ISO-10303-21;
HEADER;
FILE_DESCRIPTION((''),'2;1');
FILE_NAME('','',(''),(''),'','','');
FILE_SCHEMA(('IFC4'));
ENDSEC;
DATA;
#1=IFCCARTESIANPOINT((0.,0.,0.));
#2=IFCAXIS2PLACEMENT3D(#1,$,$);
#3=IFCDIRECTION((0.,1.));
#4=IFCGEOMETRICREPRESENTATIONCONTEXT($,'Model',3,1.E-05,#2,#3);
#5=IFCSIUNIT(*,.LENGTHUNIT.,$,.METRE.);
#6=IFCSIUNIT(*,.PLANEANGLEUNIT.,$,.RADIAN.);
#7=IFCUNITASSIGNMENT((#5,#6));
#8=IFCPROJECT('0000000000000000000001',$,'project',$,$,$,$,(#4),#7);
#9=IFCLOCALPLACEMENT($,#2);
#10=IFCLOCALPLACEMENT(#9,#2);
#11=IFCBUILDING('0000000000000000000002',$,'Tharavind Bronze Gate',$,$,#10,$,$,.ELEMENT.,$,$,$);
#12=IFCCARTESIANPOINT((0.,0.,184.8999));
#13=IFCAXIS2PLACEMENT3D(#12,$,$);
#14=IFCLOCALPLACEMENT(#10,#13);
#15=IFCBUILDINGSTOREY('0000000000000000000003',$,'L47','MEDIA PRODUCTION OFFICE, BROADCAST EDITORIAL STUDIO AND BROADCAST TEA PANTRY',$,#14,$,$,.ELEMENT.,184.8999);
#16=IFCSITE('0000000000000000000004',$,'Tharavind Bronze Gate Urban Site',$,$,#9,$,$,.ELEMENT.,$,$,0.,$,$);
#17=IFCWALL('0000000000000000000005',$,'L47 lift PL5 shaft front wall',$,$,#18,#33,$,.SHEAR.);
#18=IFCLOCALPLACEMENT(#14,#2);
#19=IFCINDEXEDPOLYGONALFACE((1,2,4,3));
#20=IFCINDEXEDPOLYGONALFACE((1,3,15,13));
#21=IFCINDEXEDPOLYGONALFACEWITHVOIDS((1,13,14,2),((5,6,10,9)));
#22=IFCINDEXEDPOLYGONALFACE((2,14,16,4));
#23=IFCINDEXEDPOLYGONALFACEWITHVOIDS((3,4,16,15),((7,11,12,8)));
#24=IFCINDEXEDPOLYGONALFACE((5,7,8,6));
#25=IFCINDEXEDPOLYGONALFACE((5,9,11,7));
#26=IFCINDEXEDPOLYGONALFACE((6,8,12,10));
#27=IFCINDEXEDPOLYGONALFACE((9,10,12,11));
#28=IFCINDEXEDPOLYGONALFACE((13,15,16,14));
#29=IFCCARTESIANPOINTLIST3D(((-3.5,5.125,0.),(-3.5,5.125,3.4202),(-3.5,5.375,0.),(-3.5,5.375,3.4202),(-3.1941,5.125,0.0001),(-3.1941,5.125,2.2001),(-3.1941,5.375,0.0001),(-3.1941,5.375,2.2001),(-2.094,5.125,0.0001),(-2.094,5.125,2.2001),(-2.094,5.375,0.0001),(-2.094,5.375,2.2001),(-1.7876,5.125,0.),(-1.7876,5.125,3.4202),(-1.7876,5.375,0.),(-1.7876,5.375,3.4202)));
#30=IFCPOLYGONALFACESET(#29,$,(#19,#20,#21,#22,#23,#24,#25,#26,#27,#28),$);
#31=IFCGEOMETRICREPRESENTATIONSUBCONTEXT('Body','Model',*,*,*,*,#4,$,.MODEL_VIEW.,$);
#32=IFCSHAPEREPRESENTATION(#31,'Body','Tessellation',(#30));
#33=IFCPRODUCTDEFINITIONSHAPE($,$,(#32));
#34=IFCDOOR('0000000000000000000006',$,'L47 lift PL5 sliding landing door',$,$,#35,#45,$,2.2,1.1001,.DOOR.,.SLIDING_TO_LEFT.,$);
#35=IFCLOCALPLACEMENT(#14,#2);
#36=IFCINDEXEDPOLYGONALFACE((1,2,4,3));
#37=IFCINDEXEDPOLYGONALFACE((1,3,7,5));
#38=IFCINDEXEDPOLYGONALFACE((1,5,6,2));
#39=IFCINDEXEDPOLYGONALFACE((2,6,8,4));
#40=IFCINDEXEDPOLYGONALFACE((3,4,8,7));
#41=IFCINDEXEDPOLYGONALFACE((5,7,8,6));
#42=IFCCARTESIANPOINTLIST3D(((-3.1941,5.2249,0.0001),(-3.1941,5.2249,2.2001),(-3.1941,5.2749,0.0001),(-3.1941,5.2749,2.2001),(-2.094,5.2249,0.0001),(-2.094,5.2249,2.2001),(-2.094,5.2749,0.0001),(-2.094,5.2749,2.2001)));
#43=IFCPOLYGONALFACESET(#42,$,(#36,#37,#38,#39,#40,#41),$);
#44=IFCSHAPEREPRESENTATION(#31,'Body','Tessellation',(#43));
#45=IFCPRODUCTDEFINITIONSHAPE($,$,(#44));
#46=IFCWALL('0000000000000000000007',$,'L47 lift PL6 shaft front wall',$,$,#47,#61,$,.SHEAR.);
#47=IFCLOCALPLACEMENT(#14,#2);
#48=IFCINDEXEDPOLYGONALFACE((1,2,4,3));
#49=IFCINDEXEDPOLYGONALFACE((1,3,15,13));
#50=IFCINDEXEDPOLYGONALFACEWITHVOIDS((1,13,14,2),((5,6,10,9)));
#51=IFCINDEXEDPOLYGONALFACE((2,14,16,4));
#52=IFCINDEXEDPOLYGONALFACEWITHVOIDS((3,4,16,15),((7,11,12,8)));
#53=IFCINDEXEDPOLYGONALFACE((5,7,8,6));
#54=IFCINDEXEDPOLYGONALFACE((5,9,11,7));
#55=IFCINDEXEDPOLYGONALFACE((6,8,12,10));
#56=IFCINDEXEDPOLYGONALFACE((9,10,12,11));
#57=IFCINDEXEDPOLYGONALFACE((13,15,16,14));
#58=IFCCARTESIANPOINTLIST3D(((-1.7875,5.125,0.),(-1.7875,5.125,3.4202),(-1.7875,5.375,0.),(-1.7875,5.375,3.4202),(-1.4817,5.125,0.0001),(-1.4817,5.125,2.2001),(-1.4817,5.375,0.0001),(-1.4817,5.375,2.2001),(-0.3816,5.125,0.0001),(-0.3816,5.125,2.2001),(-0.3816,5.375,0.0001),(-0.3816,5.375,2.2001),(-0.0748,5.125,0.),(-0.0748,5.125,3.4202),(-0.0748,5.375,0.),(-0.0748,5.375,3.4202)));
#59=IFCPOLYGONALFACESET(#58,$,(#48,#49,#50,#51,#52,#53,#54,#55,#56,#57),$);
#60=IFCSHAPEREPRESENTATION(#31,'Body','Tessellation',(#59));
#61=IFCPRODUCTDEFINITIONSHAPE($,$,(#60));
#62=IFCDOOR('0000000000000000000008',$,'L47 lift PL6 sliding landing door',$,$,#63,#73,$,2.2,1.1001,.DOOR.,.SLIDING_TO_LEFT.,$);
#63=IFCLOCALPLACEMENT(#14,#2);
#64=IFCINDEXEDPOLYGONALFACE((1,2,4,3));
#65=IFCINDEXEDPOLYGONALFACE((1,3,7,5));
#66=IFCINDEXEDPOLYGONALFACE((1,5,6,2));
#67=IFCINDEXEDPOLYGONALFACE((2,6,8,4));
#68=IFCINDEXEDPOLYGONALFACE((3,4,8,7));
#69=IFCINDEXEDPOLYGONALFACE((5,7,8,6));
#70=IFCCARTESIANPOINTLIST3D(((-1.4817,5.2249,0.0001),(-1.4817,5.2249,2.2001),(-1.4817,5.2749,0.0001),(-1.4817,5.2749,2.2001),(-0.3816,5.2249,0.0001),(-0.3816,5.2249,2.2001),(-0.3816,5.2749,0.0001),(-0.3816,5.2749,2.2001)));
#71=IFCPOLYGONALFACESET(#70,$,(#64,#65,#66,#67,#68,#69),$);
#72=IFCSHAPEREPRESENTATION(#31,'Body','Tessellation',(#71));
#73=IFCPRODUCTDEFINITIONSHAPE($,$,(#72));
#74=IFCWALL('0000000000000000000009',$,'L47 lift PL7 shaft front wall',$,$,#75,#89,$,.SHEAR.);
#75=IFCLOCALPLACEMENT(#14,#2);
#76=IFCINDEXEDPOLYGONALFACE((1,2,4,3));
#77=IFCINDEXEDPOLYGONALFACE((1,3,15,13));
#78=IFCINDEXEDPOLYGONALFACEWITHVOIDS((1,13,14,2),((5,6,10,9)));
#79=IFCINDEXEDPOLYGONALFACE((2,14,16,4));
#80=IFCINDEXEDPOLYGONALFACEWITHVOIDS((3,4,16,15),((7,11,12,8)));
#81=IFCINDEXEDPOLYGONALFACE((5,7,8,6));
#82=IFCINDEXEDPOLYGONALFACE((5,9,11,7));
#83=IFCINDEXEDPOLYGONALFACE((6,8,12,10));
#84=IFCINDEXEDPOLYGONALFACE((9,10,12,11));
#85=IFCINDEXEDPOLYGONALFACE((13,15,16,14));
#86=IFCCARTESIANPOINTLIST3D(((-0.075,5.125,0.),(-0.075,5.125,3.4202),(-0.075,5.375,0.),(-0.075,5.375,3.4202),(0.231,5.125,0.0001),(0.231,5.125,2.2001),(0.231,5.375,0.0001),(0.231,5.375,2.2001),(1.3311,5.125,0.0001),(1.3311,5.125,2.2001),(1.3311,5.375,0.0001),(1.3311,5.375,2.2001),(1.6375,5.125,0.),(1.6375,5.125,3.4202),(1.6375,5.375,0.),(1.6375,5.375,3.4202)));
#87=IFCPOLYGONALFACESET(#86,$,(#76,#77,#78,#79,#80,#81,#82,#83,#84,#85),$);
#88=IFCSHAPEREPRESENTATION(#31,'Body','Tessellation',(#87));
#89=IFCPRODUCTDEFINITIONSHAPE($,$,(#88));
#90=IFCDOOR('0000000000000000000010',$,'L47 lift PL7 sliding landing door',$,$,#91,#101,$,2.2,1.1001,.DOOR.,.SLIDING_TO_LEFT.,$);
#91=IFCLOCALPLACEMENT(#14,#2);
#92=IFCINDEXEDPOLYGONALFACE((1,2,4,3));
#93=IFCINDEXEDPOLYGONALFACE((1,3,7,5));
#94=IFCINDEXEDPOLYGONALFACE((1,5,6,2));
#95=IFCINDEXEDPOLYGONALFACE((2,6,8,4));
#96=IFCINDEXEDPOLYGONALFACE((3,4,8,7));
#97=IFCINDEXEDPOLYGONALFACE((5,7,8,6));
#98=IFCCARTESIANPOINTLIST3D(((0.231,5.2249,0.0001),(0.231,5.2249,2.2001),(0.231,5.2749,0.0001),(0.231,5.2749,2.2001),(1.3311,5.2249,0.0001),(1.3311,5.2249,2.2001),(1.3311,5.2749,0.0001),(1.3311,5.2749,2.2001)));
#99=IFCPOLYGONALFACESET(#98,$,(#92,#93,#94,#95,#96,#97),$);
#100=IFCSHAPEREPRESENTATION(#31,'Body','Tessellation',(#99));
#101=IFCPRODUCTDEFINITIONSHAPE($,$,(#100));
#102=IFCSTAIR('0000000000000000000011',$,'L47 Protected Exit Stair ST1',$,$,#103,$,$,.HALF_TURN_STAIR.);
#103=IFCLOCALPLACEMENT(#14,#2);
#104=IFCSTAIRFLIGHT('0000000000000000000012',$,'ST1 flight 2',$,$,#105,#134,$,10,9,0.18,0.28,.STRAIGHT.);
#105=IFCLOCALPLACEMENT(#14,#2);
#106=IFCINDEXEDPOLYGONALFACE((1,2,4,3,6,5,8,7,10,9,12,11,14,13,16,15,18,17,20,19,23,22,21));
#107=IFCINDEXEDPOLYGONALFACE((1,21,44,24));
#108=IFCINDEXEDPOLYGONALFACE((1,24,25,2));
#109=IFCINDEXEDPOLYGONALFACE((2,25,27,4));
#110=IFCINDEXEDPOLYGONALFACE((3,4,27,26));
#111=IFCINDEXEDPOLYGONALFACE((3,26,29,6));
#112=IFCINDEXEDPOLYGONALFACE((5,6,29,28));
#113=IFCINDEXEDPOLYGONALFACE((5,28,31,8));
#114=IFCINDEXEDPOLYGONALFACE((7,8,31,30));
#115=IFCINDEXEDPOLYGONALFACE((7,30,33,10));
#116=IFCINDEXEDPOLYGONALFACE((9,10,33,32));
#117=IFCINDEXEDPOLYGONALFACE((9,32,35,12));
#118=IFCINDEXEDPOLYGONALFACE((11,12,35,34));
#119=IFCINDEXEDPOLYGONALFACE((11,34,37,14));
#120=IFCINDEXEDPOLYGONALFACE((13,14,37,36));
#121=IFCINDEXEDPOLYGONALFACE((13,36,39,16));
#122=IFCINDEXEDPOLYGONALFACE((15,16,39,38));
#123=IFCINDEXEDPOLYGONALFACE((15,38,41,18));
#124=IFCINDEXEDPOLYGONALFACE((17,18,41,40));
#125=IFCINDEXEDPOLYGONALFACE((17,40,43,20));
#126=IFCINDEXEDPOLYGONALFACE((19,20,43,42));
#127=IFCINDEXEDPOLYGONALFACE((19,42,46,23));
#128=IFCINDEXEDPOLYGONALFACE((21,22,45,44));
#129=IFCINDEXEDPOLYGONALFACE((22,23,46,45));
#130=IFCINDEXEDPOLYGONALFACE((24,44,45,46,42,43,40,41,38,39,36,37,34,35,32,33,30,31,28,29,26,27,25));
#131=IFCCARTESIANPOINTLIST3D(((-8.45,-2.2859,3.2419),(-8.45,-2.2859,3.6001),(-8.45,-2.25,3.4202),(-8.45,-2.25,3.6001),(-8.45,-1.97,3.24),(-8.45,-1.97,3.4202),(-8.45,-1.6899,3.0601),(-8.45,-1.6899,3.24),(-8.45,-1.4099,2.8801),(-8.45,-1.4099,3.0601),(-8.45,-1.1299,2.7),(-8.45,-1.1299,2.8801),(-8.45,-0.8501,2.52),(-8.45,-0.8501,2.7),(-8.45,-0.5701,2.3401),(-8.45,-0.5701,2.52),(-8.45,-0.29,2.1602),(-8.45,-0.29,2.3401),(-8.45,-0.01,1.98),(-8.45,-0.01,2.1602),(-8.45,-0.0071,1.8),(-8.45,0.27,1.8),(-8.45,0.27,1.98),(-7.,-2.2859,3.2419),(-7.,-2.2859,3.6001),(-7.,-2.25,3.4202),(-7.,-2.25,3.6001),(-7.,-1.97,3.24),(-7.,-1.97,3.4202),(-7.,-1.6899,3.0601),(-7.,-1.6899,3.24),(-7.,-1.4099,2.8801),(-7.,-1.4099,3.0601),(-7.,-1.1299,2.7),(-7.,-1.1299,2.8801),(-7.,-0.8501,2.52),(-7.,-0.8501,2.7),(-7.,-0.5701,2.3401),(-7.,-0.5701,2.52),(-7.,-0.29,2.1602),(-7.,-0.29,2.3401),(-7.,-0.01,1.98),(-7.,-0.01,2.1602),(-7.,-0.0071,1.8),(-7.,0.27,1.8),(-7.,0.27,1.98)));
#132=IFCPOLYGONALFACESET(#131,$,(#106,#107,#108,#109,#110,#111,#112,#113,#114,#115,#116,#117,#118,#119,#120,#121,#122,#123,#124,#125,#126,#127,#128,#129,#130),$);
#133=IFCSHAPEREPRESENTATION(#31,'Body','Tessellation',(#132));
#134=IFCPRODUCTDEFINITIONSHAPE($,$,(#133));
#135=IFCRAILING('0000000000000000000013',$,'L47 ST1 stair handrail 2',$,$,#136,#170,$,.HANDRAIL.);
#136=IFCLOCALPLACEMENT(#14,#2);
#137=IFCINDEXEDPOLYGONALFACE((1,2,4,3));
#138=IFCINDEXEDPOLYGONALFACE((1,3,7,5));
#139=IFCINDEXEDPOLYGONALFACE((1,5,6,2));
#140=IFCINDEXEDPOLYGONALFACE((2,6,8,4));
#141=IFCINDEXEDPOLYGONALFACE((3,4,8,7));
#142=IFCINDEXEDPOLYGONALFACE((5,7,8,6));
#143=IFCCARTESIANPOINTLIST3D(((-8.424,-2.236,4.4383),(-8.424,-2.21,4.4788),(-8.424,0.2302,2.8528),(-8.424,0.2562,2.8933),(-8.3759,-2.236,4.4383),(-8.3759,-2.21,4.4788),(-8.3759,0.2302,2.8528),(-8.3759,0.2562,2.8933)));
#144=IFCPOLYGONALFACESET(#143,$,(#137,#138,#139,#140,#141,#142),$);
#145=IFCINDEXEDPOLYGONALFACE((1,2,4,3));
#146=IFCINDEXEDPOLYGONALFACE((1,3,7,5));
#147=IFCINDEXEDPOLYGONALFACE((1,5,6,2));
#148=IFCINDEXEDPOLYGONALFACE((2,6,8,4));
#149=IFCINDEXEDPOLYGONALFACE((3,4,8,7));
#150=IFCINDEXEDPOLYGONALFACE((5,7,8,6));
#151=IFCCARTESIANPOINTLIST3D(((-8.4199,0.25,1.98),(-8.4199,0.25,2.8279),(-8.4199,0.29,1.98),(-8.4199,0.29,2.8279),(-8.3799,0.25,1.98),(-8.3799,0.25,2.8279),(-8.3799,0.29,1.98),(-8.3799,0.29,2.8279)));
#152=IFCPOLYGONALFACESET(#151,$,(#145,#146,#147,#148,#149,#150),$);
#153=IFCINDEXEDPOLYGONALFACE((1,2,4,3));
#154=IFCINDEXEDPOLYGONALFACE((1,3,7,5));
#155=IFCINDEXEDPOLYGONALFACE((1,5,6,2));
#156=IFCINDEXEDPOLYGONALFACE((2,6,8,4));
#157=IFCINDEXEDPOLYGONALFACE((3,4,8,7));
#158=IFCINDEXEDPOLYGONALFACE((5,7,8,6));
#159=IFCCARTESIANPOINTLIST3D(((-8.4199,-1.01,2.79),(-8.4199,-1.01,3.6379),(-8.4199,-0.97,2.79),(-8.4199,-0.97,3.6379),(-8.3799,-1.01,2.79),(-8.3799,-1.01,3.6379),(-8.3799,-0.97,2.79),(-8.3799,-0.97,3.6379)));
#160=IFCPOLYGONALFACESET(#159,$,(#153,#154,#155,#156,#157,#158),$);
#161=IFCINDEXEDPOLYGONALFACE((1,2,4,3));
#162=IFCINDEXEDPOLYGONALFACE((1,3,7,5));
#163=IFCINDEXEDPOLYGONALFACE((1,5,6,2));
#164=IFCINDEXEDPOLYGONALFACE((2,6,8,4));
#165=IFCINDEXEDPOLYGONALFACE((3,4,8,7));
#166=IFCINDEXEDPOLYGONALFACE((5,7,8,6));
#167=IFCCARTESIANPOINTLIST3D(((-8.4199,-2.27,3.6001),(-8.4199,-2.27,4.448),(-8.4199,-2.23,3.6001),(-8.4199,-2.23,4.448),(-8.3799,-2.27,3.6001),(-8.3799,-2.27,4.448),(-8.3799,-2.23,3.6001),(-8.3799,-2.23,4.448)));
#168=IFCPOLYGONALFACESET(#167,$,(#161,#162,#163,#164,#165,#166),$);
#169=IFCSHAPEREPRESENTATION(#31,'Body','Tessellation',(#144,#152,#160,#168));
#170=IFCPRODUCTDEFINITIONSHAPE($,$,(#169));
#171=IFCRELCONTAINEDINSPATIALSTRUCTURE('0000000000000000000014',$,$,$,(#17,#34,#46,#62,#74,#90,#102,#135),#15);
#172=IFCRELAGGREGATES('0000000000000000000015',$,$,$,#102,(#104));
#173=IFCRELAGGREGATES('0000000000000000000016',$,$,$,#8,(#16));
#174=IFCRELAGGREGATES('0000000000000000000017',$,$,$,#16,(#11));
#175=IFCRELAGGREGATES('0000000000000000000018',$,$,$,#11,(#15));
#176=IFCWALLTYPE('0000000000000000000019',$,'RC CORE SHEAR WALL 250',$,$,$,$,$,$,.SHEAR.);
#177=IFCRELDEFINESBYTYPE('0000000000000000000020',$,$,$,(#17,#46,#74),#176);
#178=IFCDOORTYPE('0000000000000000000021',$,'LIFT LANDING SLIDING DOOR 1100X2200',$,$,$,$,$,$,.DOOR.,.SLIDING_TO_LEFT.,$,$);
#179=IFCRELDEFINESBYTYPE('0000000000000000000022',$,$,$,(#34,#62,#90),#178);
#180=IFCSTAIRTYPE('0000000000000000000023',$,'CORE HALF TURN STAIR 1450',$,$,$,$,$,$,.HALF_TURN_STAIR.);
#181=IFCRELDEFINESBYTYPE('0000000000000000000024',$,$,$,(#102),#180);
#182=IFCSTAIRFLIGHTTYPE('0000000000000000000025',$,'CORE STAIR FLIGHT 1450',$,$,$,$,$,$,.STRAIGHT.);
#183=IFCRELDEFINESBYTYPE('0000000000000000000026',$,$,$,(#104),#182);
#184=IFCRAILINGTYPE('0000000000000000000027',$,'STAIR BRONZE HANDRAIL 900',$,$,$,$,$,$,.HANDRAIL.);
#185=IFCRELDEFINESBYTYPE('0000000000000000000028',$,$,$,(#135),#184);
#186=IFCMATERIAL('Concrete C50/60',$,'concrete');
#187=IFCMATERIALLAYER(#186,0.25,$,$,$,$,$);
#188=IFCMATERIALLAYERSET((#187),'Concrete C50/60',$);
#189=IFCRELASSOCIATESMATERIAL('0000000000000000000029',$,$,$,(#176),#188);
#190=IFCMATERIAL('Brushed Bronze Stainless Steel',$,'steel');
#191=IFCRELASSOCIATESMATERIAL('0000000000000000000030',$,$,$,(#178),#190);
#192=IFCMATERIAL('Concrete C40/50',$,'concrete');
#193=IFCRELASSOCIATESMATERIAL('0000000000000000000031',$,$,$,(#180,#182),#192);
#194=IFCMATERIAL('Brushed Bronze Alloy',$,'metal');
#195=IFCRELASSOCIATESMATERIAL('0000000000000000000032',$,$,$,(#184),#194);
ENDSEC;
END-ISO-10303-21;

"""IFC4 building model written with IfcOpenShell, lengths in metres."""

from ifc_helpers import new_model, si_unit, direction, frame, frame_2d, origin, origin_2d, place, context, subcontext, project, spatial, polyline, rectangle, outline, extrude, material, layer, layer_set, type_object, element, fill, aggregate, save


model = new_model("IFC4")

# Units and contexts
model_context = context("Model", 3, precision=1e-05, world=origin(), true_north=direction((0.0, 1.0)))
body_context = subcontext(model_context, "Body", "Model", "MODEL_VIEW")
ifc_project = project(units=[si_unit("LENGTHUNIT", "METRE"), si_unit("PLANEANGLEUNIT", "RADIAN")], contexts=[model_context])

# Site, building, storey
site_placement = place(None, origin())
site = spatial("IfcSite", under=ifc_project, at=site_placement, Name="Tharavind Bronze Gate Urban Site", CompositionType="ELEMENT", RefElevation=0.0)
building_placement = place(site_placement, origin())
building = spatial("IfcBuilding", under=site, at=building_placement, Name="Tharavind Bronze Gate", CompositionType="ELEMENT")
storey_placement = place(building_placement, frame((0.0, 0.0, 184.8999)))
storey = spatial("IfcBuildingStorey", under=building, at=storey_placement, Name="L47", Description="MEDIA PRODUCTION OFFICE, BROADCAST EDITORIAL STUDIO AND BROADCAST TEA PANTRY", CompositionType="ELEMENT", Elevation=184.8999)

# Shared definitions
ifc_material_1 = material(Name="Concrete C50/60", Category="concrete")
ifc_layer_1 = layer(ifc_material_1, 0.25)
ifc_layer_set_1 = layer_set([ifc_layer_1], Name="Concrete C50/60")
wall_type_1 = type_object("IfcWallType", Name="RC CORE SHEAR WALL 250", PredefinedType="SHEAR", material=ifc_layer_set_1)

# Walls, openings, doors
wall_1_placement = place(storey_placement, frame((-3.5, 5.25, 0.0), z_axis=(0.0, 0.0, 1.0), x_axis=(1.0, 0.0, 0.0)))
wall_1 = element("IfcWall", 1, at=wall_1_placement, inside=storey, type_object=wall_type_1, Name="L47 lift PL5 shaft front wall", PredefinedType="SHEAR", context=body_context, shape_type="SweptSolid", body=[
    extrude(rectangle(XDim=1.7124, YDim=0.25, at=frame_2d((0.8562, 0.0))), origin(), (0.0, 0.0, 1.0), 3.4202),
])
opening_1_placement = place(wall_1_placement, frame((0.3059, 0.0, 0.0)))
opening_1 = element("IfcOpeningElement", 2, at=opening_1_placement, cuts=wall_1, PredefinedType="OPENING", context=body_context, shape_type="SweptSolid", body=[
    extrude(rectangle(XDim=1.1001, YDim=2.2, at=frame_2d((0.55, 1.1001))), frame((0.0, 0.135, 0.0), z_axis=(0.0, -1.0, 0.0), x_axis=(1.0, 0.0, 0.0)), (0.0, 0.0, 1.0), 0.27),
])
ifc_material_2 = material(Name="Brushed Bronze Stainless Steel", Category="steel")
door_type_1 = type_object("IfcDoorType", Name="LIFT LANDING SLIDING DOOR 1100X2200", OperationType="SLIDING_TO_LEFT", PredefinedType="DOOR", material=ifc_material_2)
door_1_placement = place(opening_1_placement, origin())
door_1 = element("IfcDoor", 3, at=door_1_placement, inside=storey, type_object=door_type_1, Name="L47 lift PL5 sliding landing door", OperationType="SLIDING_TO_LEFT", OverallHeight=2.2, OverallWidth=1.1001, PredefinedType="DOOR", context=body_context, shape_type="SweptSolid", body=[
    extrude(rectangle(XDim=1.1001, YDim=2.2, at=frame_2d((0.55, 1.1001))), frame((0.0, 0.0249, 0.0), z_axis=(0.0, -1.0, 0.0), x_axis=(1.0, 0.0, 0.0)), (0.0, 0.0, 1.0), 0.05),
])
fill(opening_1, door_1)
wall_2_placement = place(storey_placement, frame((-1.7876, 5.25, 0.0), z_axis=(0.0, 0.0, 1.0), x_axis=(1.0, 0.0, 0.0)))
wall_2 = element("IfcWall", 4, at=wall_2_placement, inside=storey, type_object=wall_type_1, Name="L47 lift PL6 shaft front wall", PredefinedType="SHEAR", context=body_context, shape_type="SweptSolid", body=[
    extrude(rectangle(XDim=1.7126, YDim=0.25, at=frame_2d((0.8564, 0.0))), origin(), (0.0, 0.0, 1.0), 3.4202),
])
opening_2_placement = place(wall_2_placement, frame((0.3059, 0.0, 0.0)))
opening_2 = element("IfcOpeningElement", 5, at=opening_2_placement, cuts=wall_2, PredefinedType="OPENING", context=body_context, shape_type="SweptSolid", body=[
    extrude(rectangle(XDim=1.1001, YDim=2.2, at=frame_2d((0.55, 1.1001))), frame((0.0, 0.135, 0.0), z_axis=(0.0, -1.0, 0.0), x_axis=(1.0, 0.0, 0.0)), (0.0, 0.0, 1.0), 0.27),
])
door_2_placement = place(opening_2_placement, origin())
door_2 = element("IfcDoor", 6, at=door_2_placement, inside=storey, type_object=door_type_1, Name="L47 lift PL6 sliding landing door", OperationType="SLIDING_TO_LEFT", OverallHeight=2.2, OverallWidth=1.1001, PredefinedType="DOOR", context=body_context, shape_type="SweptSolid", body=[
    extrude(rectangle(XDim=1.1001, YDim=2.2, at=frame_2d((0.55, 1.1001))), frame((0.0, 0.0249, 0.0), z_axis=(0.0, -1.0, 0.0), x_axis=(1.0, 0.0, 0.0)), (0.0, 0.0, 1.0), 0.05),
])
fill(opening_2, door_2)
wall_3_placement = place(storey_placement, frame((-0.075, 5.25, 0.0), z_axis=(0.0, 0.0, 1.0), x_axis=(1.0, 0.0, 0.0)))
wall_3 = element("IfcWall", 7, at=wall_3_placement, inside=storey, type_object=wall_type_1, Name="L47 lift PL7 shaft front wall", PredefinedType="SHEAR", context=body_context, shape_type="SweptSolid", body=[
    extrude(rectangle(XDim=1.7124, YDim=0.25, at=frame_2d((0.8562, 0.0))), origin(), (0.0, 0.0, 1.0), 3.4202),
])
opening_3_placement = place(wall_3_placement, frame((0.3059, 0.0, 0.0)))
opening_3 = element("IfcOpeningElement", 8, at=opening_3_placement, cuts=wall_3, PredefinedType="OPENING", context=body_context, shape_type="SweptSolid", body=[
    extrude(rectangle(XDim=1.1001, YDim=2.2, at=frame_2d((0.55, 1.1001))), frame((0.0, 0.135, 0.0), z_axis=(0.0, -1.0, 0.0), x_axis=(1.0, 0.0, 0.0)), (0.0, 0.0, 1.0), 0.27),
])
door_3_placement = place(opening_3_placement, origin())
door_3 = element("IfcDoor", 9, at=door_3_placement, inside=storey, type_object=door_type_1, Name="L47 lift PL7 sliding landing door", OperationType="SLIDING_TO_LEFT", OverallHeight=2.2, OverallWidth=1.1001, PredefinedType="DOOR", context=body_context, shape_type="SweptSolid", body=[
    extrude(rectangle(XDim=1.1001, YDim=2.2, at=frame_2d((0.55, 1.1001))), frame((0.0, 0.0249, 0.0), z_axis=(0.0, -1.0, 0.0), x_axis=(1.0, 0.0, 0.0)), (0.0, 0.0, 1.0), 0.05),
])
fill(opening_3, door_3)

# Stair, stair flight
ifc_material_3 = material(Name="Concrete C40/50", Category="concrete")
stair_type = type_object("IfcStairType", Name="CORE HALF TURN STAIR 1450", PredefinedType="HALF_TURN_STAIR", material=ifc_material_3)
stair_placement = place(storey_placement, origin())
stair = element("IfcStair", 10, at=stair_placement, inside=storey, type_object=stair_type, Name="L47 Protected Exit Stair ST1", PredefinedType="HALF_TURN_STAIR")
stair_flight_type = type_object("IfcStairFlightType", Name="CORE STAIR FLIGHT 1450", PredefinedType="STRAIGHT", material=ifc_material_3)
stair_flight_placement = place(storey_placement, frame((-7.7251, 0.27, 1.8), z_axis=(0.0, 0.0, 1.0), x_axis=(0.0, -1.0, 0.0)))
stair_flight = element("IfcStairFlight", 11, at=stair_flight_placement, type_object=stair_flight_type, Name="ST1 flight 2", NumberOfRisers=10, NumberOfTreads=9, PredefinedType="STRAIGHT", RiserHeight=0.18, TreadLength=0.28, context=body_context, shape_type="SweptSolid", body=[
    extrude(outline(polyline([(0.0, 0.0), (0.0, 0.1799), (0.28, 0.1799), (0.28, 0.3601), (0.5601, 0.3601), (0.5601, 0.54), (0.8401, 0.54), (0.8401, 0.72), (1.1201, 0.72), (1.1201, 0.8999), (1.3999, 0.8999), (1.3999, 1.0801), (1.6799, 1.0801), (1.6799, 1.26), (1.96, 1.26), (1.96, 1.4399), (2.24, 1.4399), (2.24, 1.6201), (2.52, 1.6201), (2.52, 1.8), (2.5559, 1.8), (2.5559, 1.4419), (0.2771, 0.0), (0.0, 0.0)])), frame((0.0, 0.7251, 0.0), z_axis=(0.0, -1.0, 0.0), x_axis=(1.0, 0.0, 0.0)), (0.0, 0.0, 1.0), 1.45),
])
aggregate(stair, [stair_flight])

# Railing
ifc_material_4 = material(Name="Brushed Bronze Alloy", Category="metal")
railing_type_1 = type_object("IfcRailingType", Name="STAIR BRONZE HANDRAIL 900", PredefinedType="HANDRAIL", material=ifc_material_4)
railing_1_placement = place(storey_placement, frame((-8.3999, 0.27, 1.98)))
element("IfcRailing", 12, at=railing_1_placement, inside=storey, type_object=railing_type_1, Name="L47 ST1 stair handrail 2", PredefinedType="HANDRAIL", context=body_context, shape_type="SweptSolid", body=[
    extrude(rectangle(XDim=0.0481, YDim=0.0481, at=origin_2d()), frame((0.0, -0.0269, 0.8931), z_axis=(0.0, -0.841163, 0.540782), x_axis=(1.0, 0.0, 0.0)), (0.0, 0.0, 1.0), 2.9319),
    extrude(rectangle(XDim=0.04, YDim=0.04, at=origin_2d()), origin(), (0.0, 0.0, 1.0), 0.8479),
    extrude(rectangle(XDim=0.04, YDim=0.04, at=origin_2d()), frame((0.0, -1.26, 0.8101)), (0.0, 0.0, 1.0), 0.8479),
    extrude(rectangle(XDim=0.04, YDim=0.04, at=origin_2d()), frame((0.0, -2.52, 1.6201)), (0.0, 0.0, 1.0), 0.8479),
])

save(model, "model.ifc")
